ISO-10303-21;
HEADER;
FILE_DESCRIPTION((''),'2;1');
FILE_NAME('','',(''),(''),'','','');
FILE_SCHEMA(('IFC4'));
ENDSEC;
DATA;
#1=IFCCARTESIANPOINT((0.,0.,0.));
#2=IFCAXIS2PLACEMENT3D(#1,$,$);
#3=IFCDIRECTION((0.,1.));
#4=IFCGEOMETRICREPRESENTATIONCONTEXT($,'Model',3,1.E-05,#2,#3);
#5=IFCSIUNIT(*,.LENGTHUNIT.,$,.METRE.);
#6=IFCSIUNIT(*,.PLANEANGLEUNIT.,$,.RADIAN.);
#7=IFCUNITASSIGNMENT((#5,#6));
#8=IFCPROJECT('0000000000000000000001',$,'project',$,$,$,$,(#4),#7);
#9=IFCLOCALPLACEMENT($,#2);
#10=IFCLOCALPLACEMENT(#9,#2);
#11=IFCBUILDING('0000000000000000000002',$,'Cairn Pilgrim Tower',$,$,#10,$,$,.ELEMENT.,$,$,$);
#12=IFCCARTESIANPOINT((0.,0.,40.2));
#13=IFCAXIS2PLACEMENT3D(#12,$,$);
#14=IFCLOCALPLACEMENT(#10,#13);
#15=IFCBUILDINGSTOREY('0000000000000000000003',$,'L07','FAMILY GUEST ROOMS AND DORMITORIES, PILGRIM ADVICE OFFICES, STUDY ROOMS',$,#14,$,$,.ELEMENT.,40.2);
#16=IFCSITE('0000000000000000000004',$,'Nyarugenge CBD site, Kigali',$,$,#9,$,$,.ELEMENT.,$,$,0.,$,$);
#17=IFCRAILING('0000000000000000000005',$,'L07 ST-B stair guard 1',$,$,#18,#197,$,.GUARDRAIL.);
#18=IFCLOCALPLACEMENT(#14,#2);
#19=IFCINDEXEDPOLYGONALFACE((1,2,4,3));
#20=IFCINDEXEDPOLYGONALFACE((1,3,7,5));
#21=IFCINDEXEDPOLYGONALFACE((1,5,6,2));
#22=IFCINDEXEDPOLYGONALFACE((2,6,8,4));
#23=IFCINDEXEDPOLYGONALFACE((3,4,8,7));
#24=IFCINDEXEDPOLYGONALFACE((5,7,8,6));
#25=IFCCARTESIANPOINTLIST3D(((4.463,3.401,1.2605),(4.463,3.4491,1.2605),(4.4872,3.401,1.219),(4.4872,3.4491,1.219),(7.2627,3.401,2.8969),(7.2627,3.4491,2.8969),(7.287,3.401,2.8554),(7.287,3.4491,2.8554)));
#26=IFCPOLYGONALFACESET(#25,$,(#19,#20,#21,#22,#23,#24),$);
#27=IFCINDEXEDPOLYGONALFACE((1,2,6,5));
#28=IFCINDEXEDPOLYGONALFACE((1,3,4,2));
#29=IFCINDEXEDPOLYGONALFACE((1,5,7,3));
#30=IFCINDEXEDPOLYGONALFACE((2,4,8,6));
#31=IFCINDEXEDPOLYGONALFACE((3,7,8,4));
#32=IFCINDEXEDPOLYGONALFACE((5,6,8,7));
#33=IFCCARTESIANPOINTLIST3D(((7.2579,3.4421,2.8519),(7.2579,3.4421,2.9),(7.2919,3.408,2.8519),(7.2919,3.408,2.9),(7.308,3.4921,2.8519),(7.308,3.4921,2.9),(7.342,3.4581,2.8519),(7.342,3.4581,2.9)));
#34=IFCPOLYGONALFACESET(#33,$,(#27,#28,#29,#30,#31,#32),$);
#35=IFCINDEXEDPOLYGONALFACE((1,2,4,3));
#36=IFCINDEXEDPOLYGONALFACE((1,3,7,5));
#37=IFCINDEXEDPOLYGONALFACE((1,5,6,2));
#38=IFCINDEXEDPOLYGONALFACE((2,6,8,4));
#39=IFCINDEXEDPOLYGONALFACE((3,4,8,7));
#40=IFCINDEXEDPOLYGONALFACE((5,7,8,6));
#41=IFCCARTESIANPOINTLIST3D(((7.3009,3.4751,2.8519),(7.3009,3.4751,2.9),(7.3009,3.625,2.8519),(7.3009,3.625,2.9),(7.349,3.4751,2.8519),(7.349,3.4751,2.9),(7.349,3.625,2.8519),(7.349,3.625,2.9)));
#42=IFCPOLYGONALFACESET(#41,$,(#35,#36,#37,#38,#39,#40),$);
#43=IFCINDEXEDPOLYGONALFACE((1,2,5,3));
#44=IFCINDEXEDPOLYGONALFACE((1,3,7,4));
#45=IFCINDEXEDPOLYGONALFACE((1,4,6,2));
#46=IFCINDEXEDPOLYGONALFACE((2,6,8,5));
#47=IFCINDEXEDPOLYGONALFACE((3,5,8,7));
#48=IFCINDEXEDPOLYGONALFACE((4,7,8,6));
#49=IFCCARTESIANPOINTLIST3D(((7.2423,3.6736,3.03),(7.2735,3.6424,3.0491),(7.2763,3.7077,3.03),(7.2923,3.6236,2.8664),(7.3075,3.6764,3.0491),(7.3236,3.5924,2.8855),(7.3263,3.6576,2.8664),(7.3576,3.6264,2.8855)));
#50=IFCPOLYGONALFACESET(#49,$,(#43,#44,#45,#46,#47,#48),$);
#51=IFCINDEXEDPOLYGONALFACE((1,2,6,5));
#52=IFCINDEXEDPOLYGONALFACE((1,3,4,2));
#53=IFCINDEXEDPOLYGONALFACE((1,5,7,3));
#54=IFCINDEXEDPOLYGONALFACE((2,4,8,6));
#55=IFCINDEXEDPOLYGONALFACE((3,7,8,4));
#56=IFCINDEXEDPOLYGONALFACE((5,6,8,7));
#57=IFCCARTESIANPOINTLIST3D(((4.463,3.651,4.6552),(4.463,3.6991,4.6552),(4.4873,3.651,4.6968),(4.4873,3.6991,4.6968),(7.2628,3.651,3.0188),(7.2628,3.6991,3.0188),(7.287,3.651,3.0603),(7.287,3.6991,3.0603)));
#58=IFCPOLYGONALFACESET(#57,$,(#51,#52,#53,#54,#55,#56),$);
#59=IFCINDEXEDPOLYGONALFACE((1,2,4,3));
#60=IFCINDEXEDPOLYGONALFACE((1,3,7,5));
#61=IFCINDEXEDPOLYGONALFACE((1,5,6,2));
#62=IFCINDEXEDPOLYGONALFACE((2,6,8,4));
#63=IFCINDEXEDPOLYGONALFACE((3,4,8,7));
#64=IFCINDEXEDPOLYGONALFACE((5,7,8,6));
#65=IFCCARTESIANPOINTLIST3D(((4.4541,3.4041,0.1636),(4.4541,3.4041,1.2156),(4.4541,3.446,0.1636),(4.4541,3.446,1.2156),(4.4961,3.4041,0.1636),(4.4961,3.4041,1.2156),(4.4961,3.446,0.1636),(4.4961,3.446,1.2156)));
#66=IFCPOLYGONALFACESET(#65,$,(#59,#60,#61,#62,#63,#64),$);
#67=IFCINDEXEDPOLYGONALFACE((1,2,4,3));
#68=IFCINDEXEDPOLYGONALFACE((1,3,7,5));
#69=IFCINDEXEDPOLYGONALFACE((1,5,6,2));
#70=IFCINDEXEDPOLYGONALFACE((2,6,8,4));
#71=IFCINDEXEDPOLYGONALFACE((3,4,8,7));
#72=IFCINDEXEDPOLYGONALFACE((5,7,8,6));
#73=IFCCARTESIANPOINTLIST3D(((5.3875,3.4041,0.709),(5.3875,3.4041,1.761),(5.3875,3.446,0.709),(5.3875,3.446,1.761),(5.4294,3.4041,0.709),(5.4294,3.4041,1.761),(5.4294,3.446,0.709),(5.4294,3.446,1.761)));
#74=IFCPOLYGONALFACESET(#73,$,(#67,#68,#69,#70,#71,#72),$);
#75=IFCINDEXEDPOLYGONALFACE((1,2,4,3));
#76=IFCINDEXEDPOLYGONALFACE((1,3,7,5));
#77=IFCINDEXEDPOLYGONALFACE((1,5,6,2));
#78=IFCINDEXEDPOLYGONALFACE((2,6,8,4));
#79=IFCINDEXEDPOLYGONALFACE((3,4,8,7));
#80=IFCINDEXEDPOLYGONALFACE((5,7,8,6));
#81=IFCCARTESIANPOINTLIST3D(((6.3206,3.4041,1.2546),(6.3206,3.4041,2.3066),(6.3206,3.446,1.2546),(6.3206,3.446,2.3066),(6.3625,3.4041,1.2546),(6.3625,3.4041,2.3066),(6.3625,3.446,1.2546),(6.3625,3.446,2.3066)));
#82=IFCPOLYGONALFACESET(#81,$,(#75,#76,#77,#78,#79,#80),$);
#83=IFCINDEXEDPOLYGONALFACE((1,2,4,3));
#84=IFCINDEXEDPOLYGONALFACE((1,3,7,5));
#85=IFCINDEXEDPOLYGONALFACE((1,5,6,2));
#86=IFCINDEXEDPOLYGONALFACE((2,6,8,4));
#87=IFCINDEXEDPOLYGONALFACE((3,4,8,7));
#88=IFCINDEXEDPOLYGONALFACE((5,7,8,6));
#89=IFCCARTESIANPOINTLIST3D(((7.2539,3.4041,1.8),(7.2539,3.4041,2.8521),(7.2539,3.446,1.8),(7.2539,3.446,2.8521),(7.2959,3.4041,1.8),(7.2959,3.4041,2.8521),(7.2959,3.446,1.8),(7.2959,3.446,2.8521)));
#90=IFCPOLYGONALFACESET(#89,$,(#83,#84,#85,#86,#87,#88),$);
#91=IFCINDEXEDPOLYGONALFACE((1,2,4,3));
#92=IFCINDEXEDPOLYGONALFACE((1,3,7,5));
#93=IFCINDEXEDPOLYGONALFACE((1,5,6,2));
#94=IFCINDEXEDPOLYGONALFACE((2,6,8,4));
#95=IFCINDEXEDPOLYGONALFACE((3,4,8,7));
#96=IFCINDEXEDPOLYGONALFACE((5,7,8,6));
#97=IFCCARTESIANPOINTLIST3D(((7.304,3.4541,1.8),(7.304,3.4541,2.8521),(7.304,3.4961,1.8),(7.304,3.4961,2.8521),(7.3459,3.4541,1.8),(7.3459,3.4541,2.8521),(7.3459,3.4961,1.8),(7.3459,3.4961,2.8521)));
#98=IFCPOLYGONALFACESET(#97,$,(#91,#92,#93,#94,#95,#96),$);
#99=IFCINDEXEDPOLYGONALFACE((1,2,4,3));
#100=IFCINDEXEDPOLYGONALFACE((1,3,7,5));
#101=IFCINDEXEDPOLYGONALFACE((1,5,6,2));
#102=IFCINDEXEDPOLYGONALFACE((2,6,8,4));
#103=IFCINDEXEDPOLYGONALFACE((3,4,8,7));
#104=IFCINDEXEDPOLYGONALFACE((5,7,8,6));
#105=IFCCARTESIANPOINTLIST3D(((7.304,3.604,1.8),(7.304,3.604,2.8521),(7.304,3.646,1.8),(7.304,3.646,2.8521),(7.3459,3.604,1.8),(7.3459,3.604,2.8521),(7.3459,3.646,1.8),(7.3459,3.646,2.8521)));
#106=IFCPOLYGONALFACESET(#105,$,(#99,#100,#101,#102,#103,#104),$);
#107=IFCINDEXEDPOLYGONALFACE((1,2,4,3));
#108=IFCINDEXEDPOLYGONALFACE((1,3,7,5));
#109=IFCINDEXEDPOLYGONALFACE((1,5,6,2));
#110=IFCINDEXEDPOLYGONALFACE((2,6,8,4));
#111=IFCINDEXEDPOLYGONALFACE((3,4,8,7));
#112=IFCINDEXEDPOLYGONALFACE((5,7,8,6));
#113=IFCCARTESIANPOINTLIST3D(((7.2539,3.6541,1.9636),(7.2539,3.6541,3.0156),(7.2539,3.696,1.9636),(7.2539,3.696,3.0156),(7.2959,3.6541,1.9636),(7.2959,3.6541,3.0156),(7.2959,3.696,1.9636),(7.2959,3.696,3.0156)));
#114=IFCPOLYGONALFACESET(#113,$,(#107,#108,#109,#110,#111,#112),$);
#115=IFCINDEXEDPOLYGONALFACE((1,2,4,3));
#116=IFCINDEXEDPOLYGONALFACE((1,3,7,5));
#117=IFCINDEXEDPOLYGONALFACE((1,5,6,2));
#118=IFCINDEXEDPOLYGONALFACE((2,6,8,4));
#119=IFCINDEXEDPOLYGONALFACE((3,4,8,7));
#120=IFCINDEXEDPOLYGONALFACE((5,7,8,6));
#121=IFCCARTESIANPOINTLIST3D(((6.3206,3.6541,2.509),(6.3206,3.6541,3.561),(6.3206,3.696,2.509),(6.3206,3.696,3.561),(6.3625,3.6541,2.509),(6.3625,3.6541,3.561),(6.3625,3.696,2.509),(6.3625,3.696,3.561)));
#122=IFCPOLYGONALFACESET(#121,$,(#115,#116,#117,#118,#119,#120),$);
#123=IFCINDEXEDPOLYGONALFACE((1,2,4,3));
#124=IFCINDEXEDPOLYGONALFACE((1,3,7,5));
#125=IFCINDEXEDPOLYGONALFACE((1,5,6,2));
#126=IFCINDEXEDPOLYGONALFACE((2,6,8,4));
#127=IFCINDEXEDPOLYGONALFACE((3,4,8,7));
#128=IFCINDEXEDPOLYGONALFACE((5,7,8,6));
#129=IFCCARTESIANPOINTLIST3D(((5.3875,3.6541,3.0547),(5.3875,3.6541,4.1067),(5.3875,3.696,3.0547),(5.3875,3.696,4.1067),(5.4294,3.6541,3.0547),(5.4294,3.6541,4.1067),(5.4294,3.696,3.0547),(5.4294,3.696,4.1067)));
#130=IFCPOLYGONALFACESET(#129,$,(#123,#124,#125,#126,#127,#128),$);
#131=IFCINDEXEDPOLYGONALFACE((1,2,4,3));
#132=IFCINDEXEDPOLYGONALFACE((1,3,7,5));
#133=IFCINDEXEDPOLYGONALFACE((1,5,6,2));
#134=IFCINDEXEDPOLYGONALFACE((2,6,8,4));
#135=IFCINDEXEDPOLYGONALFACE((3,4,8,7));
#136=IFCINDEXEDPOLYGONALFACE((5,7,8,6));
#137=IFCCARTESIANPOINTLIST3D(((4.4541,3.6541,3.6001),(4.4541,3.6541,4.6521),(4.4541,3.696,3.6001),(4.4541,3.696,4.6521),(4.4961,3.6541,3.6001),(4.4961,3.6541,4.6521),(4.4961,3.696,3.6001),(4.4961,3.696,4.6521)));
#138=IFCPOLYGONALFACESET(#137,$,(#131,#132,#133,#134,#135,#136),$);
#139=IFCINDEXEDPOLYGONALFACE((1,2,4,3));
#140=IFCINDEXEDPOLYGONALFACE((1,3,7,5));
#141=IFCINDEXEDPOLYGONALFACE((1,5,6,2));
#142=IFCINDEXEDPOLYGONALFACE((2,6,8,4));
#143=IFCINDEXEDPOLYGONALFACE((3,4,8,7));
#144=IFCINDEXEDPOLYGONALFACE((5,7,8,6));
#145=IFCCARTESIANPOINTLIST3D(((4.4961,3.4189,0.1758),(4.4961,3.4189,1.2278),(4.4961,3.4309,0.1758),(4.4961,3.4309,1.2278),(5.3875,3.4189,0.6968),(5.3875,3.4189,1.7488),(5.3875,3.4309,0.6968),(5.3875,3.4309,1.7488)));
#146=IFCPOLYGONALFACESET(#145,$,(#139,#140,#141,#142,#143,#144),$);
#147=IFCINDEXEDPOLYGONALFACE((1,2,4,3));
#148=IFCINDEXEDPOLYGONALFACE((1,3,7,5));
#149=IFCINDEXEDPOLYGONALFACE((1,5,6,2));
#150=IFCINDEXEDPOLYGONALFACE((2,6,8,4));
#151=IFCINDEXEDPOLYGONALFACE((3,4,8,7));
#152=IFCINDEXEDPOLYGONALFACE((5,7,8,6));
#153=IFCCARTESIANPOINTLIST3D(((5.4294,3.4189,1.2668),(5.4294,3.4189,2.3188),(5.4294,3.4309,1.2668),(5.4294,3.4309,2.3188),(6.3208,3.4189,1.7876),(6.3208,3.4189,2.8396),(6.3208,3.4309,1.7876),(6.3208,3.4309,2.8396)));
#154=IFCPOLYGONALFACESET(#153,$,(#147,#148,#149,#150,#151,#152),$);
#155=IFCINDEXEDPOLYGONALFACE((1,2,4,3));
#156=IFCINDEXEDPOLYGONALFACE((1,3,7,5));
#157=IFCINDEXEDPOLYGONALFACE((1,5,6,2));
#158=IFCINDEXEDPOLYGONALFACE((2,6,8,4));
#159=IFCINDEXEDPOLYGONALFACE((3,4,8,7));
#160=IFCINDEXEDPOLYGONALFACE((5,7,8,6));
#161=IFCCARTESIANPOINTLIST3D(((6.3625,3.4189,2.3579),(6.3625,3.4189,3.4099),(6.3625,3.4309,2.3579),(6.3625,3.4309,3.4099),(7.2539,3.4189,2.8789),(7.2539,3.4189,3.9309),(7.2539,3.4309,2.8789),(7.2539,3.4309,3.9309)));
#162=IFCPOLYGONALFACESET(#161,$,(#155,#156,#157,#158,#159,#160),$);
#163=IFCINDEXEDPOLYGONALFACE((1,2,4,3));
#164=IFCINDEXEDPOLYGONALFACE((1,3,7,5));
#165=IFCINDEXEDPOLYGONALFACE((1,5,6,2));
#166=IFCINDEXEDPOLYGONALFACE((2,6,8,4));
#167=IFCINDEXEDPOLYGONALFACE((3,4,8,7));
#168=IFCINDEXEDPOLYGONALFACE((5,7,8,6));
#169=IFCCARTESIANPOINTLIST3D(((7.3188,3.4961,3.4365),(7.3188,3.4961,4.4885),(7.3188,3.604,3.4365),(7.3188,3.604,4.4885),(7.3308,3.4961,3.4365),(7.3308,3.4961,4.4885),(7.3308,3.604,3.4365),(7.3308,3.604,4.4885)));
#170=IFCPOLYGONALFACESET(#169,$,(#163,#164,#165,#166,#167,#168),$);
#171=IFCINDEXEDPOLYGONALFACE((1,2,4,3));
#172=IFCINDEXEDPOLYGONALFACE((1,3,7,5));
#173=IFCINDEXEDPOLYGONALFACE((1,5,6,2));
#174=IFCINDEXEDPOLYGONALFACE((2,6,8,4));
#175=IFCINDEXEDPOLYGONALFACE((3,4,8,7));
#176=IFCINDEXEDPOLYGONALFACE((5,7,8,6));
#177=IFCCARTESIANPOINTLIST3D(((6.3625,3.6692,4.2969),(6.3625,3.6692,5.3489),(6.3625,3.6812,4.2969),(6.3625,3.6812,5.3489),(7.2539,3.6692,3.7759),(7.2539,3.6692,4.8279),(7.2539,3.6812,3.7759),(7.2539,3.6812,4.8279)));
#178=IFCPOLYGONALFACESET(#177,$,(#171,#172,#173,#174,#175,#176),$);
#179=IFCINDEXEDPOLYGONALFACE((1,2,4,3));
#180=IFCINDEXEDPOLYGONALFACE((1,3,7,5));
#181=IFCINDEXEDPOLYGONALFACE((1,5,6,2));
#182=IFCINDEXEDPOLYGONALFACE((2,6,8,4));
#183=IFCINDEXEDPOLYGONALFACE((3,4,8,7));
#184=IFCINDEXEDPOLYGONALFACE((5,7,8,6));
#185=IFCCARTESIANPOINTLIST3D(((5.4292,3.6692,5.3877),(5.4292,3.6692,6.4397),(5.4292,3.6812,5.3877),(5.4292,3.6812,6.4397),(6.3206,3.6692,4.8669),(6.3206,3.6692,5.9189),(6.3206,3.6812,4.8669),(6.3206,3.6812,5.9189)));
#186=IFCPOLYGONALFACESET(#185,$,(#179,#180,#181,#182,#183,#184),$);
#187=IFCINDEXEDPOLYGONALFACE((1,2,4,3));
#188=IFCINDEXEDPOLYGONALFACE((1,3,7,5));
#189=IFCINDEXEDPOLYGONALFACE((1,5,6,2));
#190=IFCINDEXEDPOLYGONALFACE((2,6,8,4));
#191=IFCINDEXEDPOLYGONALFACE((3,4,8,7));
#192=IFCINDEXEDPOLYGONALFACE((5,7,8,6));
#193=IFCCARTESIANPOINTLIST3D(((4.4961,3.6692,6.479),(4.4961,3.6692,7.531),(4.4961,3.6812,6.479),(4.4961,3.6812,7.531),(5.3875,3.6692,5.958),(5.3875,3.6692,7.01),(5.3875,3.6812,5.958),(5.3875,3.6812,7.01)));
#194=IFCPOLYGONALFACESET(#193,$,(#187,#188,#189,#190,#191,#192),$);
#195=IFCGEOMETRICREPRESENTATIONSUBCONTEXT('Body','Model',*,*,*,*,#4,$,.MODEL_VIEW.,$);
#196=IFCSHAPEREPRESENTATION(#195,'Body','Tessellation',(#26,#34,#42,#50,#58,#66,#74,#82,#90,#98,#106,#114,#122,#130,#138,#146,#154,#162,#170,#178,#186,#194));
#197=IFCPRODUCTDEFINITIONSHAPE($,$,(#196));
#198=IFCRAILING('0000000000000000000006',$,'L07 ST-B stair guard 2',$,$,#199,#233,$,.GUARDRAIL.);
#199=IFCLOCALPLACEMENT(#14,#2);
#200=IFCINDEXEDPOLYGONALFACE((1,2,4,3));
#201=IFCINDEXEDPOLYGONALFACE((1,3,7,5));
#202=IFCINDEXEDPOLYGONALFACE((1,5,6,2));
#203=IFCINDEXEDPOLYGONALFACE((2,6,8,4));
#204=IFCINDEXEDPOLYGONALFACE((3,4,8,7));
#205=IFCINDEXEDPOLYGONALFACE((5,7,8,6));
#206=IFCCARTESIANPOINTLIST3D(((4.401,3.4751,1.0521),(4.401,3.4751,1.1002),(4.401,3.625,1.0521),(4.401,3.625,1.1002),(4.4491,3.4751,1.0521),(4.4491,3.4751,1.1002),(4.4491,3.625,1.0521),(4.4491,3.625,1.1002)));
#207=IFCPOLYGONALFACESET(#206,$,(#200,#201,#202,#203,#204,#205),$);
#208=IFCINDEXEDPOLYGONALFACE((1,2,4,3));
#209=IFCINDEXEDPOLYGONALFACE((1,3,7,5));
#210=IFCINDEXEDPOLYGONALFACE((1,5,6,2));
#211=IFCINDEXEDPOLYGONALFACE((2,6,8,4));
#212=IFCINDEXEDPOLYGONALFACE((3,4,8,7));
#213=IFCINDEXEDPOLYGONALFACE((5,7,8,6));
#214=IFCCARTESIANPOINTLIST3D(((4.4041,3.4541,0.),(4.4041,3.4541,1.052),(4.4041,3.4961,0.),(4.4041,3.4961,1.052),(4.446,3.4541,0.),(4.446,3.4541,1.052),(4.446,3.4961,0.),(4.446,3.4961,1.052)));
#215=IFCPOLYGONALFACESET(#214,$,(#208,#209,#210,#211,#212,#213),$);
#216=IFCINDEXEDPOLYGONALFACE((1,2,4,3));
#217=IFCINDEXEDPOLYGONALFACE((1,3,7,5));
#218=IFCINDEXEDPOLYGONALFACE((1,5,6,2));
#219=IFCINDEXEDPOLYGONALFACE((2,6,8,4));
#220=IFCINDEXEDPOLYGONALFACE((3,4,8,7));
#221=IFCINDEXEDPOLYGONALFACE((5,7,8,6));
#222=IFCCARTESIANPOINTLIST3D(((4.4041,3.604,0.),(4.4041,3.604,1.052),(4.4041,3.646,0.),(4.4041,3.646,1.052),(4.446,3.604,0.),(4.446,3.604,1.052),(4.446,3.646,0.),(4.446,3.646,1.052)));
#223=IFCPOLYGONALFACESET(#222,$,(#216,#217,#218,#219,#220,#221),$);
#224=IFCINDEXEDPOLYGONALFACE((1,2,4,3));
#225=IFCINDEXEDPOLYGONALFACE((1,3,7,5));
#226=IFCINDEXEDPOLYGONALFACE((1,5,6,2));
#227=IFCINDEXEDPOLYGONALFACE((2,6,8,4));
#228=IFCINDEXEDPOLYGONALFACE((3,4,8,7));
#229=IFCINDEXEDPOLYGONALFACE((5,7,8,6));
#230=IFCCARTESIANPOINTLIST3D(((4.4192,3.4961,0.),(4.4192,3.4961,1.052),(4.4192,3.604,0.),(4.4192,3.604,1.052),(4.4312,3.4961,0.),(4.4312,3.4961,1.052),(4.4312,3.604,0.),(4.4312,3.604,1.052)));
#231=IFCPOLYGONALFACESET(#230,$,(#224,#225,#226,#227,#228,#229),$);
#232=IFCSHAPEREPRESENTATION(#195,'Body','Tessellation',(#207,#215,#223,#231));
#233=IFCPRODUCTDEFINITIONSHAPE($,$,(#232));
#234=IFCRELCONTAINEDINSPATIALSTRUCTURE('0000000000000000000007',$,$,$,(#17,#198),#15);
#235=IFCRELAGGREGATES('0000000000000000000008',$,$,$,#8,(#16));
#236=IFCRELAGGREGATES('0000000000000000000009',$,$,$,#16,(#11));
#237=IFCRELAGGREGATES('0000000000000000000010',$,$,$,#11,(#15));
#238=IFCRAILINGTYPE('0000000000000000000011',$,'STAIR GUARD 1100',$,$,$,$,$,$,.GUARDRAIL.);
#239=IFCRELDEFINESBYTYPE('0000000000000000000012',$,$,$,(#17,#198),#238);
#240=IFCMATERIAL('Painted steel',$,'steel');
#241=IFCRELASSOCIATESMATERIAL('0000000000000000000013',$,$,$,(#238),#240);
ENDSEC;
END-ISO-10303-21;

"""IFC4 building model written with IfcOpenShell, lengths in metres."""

from ifc_helpers import new_model, si_unit, direction, frame, origin, origin_2d, place, context, subcontext, project, spatial, polyline, rectangle, outline, extrude, material, type_object, element, save


model = new_model("IFC4")

# Units and contexts
model_context = context("Model", 3, precision=1e-05, world=origin(), true_north=direction((0.0, 1.0)))
body_context = subcontext(model_context, "Body", "Model", "MODEL_VIEW")
ifc_project = project(units=[si_unit("LENGTHUNIT", "METRE"), si_unit("PLANEANGLEUNIT", "RADIAN")], contexts=[model_context])

# Site, building, storey
site_placement = place(None, origin())
site = spatial("IfcSite", under=ifc_project, at=site_placement, Name="Nyarugenge CBD site, Kigali", CompositionType="ELEMENT", RefElevation=0.0)
building_placement = place(site_placement, origin())
building = spatial("IfcBuilding", under=site, at=building_placement, Name="Cairn Pilgrim Tower", CompositionType="ELEMENT")
storey_placement = place(building_placement, frame((0.0, 0.0, 40.2)))
storey = spatial("IfcBuildingStorey", under=building, at=storey_placement, Name="L07", Description="FAMILY GUEST ROOMS AND DORMITORIES, PILGRIM ADVICE OFFICES, STUDY ROOMS", CompositionType="ELEMENT", Elevation=40.2)

# Shared definitions
ifc_material_1 = material(Name="Painted steel", Category="steel")

# Railings
railing_type_1 = type_object("IfcRailingType", Name="STAIR GUARD 1100", PredefinedType="GUARDRAIL", material=ifc_material_1)
railing_1_placement = place(storey_placement, frame((4.4751, 3.425, 0.1636)))
element("IfcRailing", 1, at=railing_1_placement, inside=storey, type_object=railing_type_1, Name="L07 ST-B stair guard 1", PredefinedType="GUARDRAIL", context=body_context, shape_type="SweptSolid", body=[
    extrude(rectangle(XDim=0.0481, YDim=0.0481, at=origin_2d()), frame((0.0, 0.0, 1.0762), z_axis=(0.863342, 0.0, 0.50462), x_axis=(0.0, 1.0, 0.0)), (0.0, 0.0, 1.0), 3.2429),
    extrude(rectangle(XDim=0.0481, YDim=0.0481, at=origin_2d()), frame((2.7998, 0.0, 2.7124), z_axis=(0.707107, 0.707107, 0.0), x_axis=(-0.707107, 0.707107, 0.0)), (0.0, 0.0, 1.0), 0.0708),
    extrude(rectangle(XDim=0.0481, YDim=0.0481, at=origin_2d()), frame((2.8499, 0.05, 2.7124), z_axis=(0.0, 1.0, 0.0), x_axis=(-1.0, 0.0, 0.0)), (0.0, 0.0, 1.0), 0.1499),
    extrude(rectangle(XDim=0.0481, YDim=0.0481, at=origin_2d()), frame((2.8499, 0.2, 2.7124), z_axis=(-0.280809, 0.280809, 0.917765), x_axis=(-0.707107, -0.707107, 0.0)), (0.0, 0.0, 1.0), 0.1782),
    extrude(rectangle(XDim=0.0481, YDim=0.0481, at=origin_2d()), frame((2.7998, 0.25, 2.876), z_axis=(-0.863342, 0.0, 0.50462), x_axis=(0.0, -1.0, 0.0)), (0.0, 0.0, 1.0), 3.2429),
    extrude(rectangle(XDim=0.042, YDim=0.042, at=origin_2d()), origin(), (0.0, 0.0, 1.0), 1.052),
    extrude(rectangle(XDim=0.042, YDim=0.042, at=origin_2d()), frame((0.9333, 0.0, 0.5454)), (0.0, 0.0, 1.0), 1.052),
    extrude(rectangle(XDim=0.042, YDim=0.042, at=origin_2d()), frame((1.8665, 0.0, 1.0911)), (0.0, 0.0, 1.0), 1.052),
    extrude(rectangle(XDim=0.042, YDim=0.042, at=origin_2d()), frame((2.7998, 0.0, 1.6365)), (0.0, 0.0, 1.0), 1.052),
    extrude(rectangle(XDim=0.042, YDim=0.042, at=origin_2d()), frame((2.8499, 0.05, 1.6365)), (0.0, 0.0, 1.0), 1.052),
    extrude(rectangle(XDim=0.042, YDim=0.042, at=origin_2d()), frame((2.8499, 0.2, 1.6365)), (0.0, 0.0, 1.0), 1.052),
    extrude(rectangle(XDim=0.042, YDim=0.042, at=origin_2d()), frame((2.7998, 0.25, 1.8)), (0.0, 0.0, 1.0), 1.052),
    extrude(rectangle(XDim=0.042, YDim=0.042, at=origin_2d()), frame((1.8665, 0.25, 2.3455)), (0.0, 0.0, 1.0), 1.052),
    extrude(rectangle(XDim=0.042, YDim=0.042, at=origin_2d()), frame((0.9333, 0.25, 2.8911)), (0.0, 0.0, 1.0), 1.052),
    extrude(rectangle(XDim=0.042, YDim=0.042, at=origin_2d()), frame((0.0, 0.25, 3.4365)), (0.0, 0.0, 1.0), 1.052),
    extrude(outline(polyline([(0.021, 0.0122), (0.9124, 0.5332), (0.9124, 1.5852), (0.021, 1.0642), (0.021, 0.0122)])), frame((0.0, 0.0059, 0.0), z_axis=(0.0, -1.0, 0.0), x_axis=(1.0, 0.0, 0.0)), (0.0, 0.0, 1.0), 0.012),
    extrude(outline(polyline([(0.021, 0.5579), (0.9124, 1.0786), (0.9124, 2.1306), (0.021, 1.6099), (0.021, 0.5579)])), frame((0.9333, 0.0059, 0.5454), z_axis=(0.0, -1.0, 0.0), x_axis=(1.0, 0.0, 0.0)), (0.0, 0.0, 1.0), 0.012),
    extrude(outline(polyline([(0.021, 1.1033), (0.9124, 1.6243), (0.9124, 2.6763), (0.021, 2.1553), (0.021, 1.1033)])), frame((1.8665, 0.0059, 1.0911), z_axis=(0.0, -1.0, 0.0), x_axis=(1.0, 0.0, 0.0)), (0.0, 0.0, 1.0), 0.012),
    extrude(outline(polyline([(0.021, 1.6365), (0.1289, 1.6365), (0.1289, 2.6885), (0.021, 2.6885), (0.021, 1.6365)])), frame((2.8438, 0.05, 1.6365), z_axis=(1.0, 0.0, 0.0), x_axis=(0.0, 1.0, 0.0)), (0.0, 0.0, 1.0), 0.012),
    extrude(outline(polyline([(0.021, 1.8123), (0.9124, 2.3333), (0.9124, 3.3853), (0.021, 2.8643), (0.021, 1.8123)])), frame((2.7998, 0.2441, 1.8), z_axis=(0.0, 1.0, 0.0), x_axis=(-1.0, 0.0, 0.0)), (0.0, 0.0, 1.0), 0.012),
    extrude(outline(polyline([(0.021, 2.3579), (0.9124, 2.8787), (0.9124, 3.9307), (0.021, 3.4099), (0.021, 2.3579)])), frame((1.8665, 0.2441, 2.3455), z_axis=(0.0, 1.0, 0.0), x_axis=(-1.0, 0.0, 0.0)), (0.0, 0.0, 1.0), 0.012),
    extrude(outline(polyline([(0.021, 2.9033), (0.9124, 3.4243), (0.9124, 4.4763), (0.021, 3.9553), (0.021, 2.9033)])), frame((0.9333, 0.2441, 2.8911), z_axis=(0.0, 1.0, 0.0), x_axis=(-1.0, 0.0, 0.0)), (0.0, 0.0, 1.0), 0.012),
])
railing_2_placement = place(storey_placement, frame((4.425, 3.4751, 0.0)))
element("IfcRailing", 2, at=railing_2_placement, inside=storey, type_object=railing_type_1, Name="L07 ST-B stair guard 2", PredefinedType="GUARDRAIL", context=body_context, shape_type="SweptSolid", body=[
    extrude(rectangle(XDim=0.0481, YDim=0.0481, at=origin_2d()), frame((0.0, 0.0, 1.0762), z_axis=(0.0, 1.0, 0.0), x_axis=(-1.0, 0.0, 0.0)), (0.0, 0.0, 1.0), 0.1499),
    extrude(rectangle(XDim=0.042, YDim=0.042, at=origin_2d()), origin(), (0.0, 0.0, 1.0), 1.052),
    extrude(rectangle(XDim=0.042, YDim=0.042, at=origin_2d()), frame((0.0, 0.1499, 0.0)), (0.0, 0.0, 1.0), 1.052),
    extrude(outline(polyline([(0.021, 0.0), (0.1289, 0.0), (0.1289, 1.052), (0.021, 1.052), (0.021, 0.0)])), frame((-0.0059, 0.0, 0.0), z_axis=(1.0, 0.0, 0.0), x_axis=(0.0, 1.0, 0.0)), (0.0, 0.0, 1.0), 0.012),
])

save(model, "model.ifc")
